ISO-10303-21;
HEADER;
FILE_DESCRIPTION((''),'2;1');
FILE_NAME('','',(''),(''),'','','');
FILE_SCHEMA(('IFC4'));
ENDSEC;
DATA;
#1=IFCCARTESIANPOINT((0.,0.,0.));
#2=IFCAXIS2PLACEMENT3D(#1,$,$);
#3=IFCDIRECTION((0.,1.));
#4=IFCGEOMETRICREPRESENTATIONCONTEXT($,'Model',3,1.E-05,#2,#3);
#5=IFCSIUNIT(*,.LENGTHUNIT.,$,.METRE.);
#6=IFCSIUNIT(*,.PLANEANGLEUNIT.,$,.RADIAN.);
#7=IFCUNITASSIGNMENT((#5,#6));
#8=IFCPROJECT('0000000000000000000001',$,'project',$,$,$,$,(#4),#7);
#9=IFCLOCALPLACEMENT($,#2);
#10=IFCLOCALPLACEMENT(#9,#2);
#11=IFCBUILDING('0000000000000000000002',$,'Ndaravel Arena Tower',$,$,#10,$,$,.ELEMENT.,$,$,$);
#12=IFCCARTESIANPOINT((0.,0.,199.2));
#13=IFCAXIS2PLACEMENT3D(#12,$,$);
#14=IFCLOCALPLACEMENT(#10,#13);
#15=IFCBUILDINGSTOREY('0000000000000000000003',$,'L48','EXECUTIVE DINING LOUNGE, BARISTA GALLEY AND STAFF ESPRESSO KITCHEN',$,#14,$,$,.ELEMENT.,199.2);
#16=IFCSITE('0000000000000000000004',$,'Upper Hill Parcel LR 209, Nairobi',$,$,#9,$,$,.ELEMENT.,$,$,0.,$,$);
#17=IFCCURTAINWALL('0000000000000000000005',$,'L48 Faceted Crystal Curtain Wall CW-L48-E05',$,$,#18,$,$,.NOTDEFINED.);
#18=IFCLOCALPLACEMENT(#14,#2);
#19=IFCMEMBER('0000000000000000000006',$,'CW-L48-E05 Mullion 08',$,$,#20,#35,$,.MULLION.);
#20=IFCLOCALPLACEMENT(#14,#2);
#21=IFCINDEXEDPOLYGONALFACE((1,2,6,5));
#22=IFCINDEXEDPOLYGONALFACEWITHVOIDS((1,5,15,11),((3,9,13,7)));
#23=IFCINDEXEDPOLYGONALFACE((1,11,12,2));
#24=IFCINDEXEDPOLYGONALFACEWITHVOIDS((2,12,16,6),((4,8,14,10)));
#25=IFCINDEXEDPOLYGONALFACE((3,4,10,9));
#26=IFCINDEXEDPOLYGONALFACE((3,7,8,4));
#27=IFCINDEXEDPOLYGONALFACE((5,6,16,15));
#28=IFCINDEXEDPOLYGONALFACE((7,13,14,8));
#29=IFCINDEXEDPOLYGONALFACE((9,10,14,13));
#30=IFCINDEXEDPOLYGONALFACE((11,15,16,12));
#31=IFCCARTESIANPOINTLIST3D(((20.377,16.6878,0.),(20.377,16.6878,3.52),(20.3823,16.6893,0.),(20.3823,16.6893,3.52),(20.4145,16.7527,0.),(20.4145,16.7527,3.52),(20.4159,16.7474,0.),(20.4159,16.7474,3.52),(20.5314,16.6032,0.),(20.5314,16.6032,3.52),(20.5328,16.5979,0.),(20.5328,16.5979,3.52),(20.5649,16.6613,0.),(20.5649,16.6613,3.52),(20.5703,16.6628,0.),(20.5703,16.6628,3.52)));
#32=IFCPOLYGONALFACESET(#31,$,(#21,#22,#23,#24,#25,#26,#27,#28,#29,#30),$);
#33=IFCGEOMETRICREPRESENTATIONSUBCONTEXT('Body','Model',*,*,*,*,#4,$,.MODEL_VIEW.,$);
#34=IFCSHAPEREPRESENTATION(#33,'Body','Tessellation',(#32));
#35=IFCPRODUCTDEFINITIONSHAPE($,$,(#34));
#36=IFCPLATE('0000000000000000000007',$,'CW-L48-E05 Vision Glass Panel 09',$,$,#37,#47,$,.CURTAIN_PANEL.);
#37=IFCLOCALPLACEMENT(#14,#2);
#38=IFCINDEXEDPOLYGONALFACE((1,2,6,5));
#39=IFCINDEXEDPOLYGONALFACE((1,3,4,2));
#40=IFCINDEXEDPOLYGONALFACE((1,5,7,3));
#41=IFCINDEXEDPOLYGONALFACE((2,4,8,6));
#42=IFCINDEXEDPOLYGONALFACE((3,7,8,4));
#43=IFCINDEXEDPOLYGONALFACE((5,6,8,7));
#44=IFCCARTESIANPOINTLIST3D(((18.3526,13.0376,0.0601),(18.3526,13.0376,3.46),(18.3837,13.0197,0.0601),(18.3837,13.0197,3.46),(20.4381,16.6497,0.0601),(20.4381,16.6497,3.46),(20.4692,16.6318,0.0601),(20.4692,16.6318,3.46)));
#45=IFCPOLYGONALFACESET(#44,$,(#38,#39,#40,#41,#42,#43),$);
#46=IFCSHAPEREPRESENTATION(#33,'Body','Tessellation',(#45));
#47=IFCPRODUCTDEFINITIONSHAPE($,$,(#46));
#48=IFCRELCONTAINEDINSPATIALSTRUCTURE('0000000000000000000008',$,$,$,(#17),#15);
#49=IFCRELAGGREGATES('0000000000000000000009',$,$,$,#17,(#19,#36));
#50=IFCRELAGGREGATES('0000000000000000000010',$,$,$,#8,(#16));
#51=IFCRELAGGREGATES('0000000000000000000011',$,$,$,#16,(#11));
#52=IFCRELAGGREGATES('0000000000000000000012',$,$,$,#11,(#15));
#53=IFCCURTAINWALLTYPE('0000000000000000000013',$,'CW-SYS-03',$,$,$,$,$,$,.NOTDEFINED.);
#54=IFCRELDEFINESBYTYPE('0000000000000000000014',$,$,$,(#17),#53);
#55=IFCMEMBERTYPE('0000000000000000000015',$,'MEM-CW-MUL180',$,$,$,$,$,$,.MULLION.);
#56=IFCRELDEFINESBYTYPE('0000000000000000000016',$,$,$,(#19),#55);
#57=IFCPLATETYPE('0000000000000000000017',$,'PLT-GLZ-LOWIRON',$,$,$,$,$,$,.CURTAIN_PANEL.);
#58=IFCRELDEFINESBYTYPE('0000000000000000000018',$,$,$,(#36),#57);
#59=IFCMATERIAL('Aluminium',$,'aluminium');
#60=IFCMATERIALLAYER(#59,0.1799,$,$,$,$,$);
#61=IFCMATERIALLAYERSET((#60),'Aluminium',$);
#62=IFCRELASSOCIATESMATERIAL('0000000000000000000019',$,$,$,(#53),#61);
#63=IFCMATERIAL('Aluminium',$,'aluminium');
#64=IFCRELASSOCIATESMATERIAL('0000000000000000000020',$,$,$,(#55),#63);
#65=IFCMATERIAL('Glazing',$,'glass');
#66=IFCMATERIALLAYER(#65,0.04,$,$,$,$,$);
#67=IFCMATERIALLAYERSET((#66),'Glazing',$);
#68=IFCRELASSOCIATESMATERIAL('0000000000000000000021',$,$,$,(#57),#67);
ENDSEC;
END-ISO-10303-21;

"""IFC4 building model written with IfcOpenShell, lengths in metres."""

from ifc_helpers import new_model, si_unit, direction, frame, origin, origin_2d, place, context, subcontext, project, spatial, rectangle, hollow_rectangle, extrude, material, layer, layer_set, material_profile, profile_set, type_object, element, aggregate, save


model = new_model("IFC4")

# Units and contexts
model_context = context("Model", 3, precision=1e-05, world=origin(), true_north=direction((0.0, 1.0)))
body_context = subcontext(model_context, "Body", "Model", "MODEL_VIEW")
ifc_project = project(units=[si_unit("LENGTHUNIT", "METRE"), si_unit("PLANEANGLEUNIT", "RADIAN")], contexts=[model_context])

# Site, building, storey
site_placement = place(None, origin())
site = spatial("IfcSite", under=ifc_project, at=site_placement, Name="Upper Hill Parcel LR 209, Nairobi", CompositionType="ELEMENT", RefElevation=0.0)
building_placement = place(site_placement, origin())
building = spatial("IfcBuilding", under=site, at=building_placement, Name="Ndaravel Arena Tower", CompositionType="ELEMENT")
storey_placement = place(building_placement, frame((0.0, 0.0, 199.2)))
storey = spatial("IfcBuildingStorey", under=building, at=storey_placement, Name="L48", Description="EXECUTIVE DINING LOUNGE, BARISTA GALLEY AND STAFF ESPRESSO KITCHEN", CompositionType="ELEMENT", Elevation=199.2)

# Curtain wall, member, plate
ifc_material_1 = material(Name="Aluminium", Category="aluminium")
ifc_layer_1 = layer(ifc_material_1, 0.1799)
ifc_layer_set_1 = layer_set([ifc_layer_1], Name="Aluminium")
curtain_wall_type = type_object("IfcCurtainWallType", Name="CW-SYS-03", PredefinedType="NOTDEFINED", material=ifc_layer_set_1)
curtain_wall_placement = place(storey_placement, origin())
curtain_wall = element("IfcCurtainWall", 1, at=curtain_wall_placement, inside=storey, type_object=curtain_wall_type, Name="L48 Faceted Crystal Curtain Wall CW-L48-E05", PredefinedType="NOTDEFINED")
ifc_material_2 = material(Name="Aluminium", Category="aluminium")
ifc_material_profile = material_profile(ifc_material_2, hollow_rectangle(XDim=0.075, YDim=0.1799, WallThickness=0.0039, at=origin_2d()), Name="CW MULLION 75x180x4")
ifc_profile_set = profile_set([ifc_material_profile], Name="Aluminium")
member_type = type_object("IfcMemberType", Name="MEM-CW-MUL180", PredefinedType="MULLION", material=ifc_profile_set)
member_placement = place(storey_placement, frame((20.4736, 16.6753, 0.0), z_axis=(0.0, 0.0, 1.0), x_axis=(-0.5, -0.866025, 0.0)))
member = element("IfcMember", 2, at=member_placement, type_object=member_type, Name="CW-L48-E05 Mullion 08", PredefinedType="MULLION", context=body_context, shape_type="SweptSolid", body=[
    extrude(hollow_rectangle(XDim=0.075, YDim=0.1799, WallThickness=0.0039, at=origin_2d()), origin(), (0.0, 0.0, 1.0), 3.52),
])
ifc_material_3 = material(Name="Glazing", Category="glass")
ifc_layer_2 = layer(ifc_material_3, 0.04)
ifc_layer_set_2 = layer_set([ifc_layer_2], Name="Glazing")
plate_type = type_object("IfcPlateType", Name="PLT-GLZ-LOWIRON", PredefinedType="CURTAIN_PANEL", material=ifc_layer_set_2)
plate_placement = place(storey_placement, frame((19.4109, 14.8347, 0.0601), z_axis=(0.0, 0.0, 1.0), x_axis=(-0.5, -0.866025, 0.0)))
plate = element("IfcPlate", 3, at=plate_placement, type_object=plate_type, Name="CW-L48-E05 Vision Glass Panel 09", PredefinedType="CURTAIN_PANEL", context=body_context, shape_type="SweptSolid", body=[
    extrude(rectangle(XDim=4.1709, YDim=0.0359, at=origin_2d()), origin(), (0.0, 0.0, 1.0), 3.3999),
])
aggregate(curtain_wall, [member, plate])

save(model, "model.ifc")
